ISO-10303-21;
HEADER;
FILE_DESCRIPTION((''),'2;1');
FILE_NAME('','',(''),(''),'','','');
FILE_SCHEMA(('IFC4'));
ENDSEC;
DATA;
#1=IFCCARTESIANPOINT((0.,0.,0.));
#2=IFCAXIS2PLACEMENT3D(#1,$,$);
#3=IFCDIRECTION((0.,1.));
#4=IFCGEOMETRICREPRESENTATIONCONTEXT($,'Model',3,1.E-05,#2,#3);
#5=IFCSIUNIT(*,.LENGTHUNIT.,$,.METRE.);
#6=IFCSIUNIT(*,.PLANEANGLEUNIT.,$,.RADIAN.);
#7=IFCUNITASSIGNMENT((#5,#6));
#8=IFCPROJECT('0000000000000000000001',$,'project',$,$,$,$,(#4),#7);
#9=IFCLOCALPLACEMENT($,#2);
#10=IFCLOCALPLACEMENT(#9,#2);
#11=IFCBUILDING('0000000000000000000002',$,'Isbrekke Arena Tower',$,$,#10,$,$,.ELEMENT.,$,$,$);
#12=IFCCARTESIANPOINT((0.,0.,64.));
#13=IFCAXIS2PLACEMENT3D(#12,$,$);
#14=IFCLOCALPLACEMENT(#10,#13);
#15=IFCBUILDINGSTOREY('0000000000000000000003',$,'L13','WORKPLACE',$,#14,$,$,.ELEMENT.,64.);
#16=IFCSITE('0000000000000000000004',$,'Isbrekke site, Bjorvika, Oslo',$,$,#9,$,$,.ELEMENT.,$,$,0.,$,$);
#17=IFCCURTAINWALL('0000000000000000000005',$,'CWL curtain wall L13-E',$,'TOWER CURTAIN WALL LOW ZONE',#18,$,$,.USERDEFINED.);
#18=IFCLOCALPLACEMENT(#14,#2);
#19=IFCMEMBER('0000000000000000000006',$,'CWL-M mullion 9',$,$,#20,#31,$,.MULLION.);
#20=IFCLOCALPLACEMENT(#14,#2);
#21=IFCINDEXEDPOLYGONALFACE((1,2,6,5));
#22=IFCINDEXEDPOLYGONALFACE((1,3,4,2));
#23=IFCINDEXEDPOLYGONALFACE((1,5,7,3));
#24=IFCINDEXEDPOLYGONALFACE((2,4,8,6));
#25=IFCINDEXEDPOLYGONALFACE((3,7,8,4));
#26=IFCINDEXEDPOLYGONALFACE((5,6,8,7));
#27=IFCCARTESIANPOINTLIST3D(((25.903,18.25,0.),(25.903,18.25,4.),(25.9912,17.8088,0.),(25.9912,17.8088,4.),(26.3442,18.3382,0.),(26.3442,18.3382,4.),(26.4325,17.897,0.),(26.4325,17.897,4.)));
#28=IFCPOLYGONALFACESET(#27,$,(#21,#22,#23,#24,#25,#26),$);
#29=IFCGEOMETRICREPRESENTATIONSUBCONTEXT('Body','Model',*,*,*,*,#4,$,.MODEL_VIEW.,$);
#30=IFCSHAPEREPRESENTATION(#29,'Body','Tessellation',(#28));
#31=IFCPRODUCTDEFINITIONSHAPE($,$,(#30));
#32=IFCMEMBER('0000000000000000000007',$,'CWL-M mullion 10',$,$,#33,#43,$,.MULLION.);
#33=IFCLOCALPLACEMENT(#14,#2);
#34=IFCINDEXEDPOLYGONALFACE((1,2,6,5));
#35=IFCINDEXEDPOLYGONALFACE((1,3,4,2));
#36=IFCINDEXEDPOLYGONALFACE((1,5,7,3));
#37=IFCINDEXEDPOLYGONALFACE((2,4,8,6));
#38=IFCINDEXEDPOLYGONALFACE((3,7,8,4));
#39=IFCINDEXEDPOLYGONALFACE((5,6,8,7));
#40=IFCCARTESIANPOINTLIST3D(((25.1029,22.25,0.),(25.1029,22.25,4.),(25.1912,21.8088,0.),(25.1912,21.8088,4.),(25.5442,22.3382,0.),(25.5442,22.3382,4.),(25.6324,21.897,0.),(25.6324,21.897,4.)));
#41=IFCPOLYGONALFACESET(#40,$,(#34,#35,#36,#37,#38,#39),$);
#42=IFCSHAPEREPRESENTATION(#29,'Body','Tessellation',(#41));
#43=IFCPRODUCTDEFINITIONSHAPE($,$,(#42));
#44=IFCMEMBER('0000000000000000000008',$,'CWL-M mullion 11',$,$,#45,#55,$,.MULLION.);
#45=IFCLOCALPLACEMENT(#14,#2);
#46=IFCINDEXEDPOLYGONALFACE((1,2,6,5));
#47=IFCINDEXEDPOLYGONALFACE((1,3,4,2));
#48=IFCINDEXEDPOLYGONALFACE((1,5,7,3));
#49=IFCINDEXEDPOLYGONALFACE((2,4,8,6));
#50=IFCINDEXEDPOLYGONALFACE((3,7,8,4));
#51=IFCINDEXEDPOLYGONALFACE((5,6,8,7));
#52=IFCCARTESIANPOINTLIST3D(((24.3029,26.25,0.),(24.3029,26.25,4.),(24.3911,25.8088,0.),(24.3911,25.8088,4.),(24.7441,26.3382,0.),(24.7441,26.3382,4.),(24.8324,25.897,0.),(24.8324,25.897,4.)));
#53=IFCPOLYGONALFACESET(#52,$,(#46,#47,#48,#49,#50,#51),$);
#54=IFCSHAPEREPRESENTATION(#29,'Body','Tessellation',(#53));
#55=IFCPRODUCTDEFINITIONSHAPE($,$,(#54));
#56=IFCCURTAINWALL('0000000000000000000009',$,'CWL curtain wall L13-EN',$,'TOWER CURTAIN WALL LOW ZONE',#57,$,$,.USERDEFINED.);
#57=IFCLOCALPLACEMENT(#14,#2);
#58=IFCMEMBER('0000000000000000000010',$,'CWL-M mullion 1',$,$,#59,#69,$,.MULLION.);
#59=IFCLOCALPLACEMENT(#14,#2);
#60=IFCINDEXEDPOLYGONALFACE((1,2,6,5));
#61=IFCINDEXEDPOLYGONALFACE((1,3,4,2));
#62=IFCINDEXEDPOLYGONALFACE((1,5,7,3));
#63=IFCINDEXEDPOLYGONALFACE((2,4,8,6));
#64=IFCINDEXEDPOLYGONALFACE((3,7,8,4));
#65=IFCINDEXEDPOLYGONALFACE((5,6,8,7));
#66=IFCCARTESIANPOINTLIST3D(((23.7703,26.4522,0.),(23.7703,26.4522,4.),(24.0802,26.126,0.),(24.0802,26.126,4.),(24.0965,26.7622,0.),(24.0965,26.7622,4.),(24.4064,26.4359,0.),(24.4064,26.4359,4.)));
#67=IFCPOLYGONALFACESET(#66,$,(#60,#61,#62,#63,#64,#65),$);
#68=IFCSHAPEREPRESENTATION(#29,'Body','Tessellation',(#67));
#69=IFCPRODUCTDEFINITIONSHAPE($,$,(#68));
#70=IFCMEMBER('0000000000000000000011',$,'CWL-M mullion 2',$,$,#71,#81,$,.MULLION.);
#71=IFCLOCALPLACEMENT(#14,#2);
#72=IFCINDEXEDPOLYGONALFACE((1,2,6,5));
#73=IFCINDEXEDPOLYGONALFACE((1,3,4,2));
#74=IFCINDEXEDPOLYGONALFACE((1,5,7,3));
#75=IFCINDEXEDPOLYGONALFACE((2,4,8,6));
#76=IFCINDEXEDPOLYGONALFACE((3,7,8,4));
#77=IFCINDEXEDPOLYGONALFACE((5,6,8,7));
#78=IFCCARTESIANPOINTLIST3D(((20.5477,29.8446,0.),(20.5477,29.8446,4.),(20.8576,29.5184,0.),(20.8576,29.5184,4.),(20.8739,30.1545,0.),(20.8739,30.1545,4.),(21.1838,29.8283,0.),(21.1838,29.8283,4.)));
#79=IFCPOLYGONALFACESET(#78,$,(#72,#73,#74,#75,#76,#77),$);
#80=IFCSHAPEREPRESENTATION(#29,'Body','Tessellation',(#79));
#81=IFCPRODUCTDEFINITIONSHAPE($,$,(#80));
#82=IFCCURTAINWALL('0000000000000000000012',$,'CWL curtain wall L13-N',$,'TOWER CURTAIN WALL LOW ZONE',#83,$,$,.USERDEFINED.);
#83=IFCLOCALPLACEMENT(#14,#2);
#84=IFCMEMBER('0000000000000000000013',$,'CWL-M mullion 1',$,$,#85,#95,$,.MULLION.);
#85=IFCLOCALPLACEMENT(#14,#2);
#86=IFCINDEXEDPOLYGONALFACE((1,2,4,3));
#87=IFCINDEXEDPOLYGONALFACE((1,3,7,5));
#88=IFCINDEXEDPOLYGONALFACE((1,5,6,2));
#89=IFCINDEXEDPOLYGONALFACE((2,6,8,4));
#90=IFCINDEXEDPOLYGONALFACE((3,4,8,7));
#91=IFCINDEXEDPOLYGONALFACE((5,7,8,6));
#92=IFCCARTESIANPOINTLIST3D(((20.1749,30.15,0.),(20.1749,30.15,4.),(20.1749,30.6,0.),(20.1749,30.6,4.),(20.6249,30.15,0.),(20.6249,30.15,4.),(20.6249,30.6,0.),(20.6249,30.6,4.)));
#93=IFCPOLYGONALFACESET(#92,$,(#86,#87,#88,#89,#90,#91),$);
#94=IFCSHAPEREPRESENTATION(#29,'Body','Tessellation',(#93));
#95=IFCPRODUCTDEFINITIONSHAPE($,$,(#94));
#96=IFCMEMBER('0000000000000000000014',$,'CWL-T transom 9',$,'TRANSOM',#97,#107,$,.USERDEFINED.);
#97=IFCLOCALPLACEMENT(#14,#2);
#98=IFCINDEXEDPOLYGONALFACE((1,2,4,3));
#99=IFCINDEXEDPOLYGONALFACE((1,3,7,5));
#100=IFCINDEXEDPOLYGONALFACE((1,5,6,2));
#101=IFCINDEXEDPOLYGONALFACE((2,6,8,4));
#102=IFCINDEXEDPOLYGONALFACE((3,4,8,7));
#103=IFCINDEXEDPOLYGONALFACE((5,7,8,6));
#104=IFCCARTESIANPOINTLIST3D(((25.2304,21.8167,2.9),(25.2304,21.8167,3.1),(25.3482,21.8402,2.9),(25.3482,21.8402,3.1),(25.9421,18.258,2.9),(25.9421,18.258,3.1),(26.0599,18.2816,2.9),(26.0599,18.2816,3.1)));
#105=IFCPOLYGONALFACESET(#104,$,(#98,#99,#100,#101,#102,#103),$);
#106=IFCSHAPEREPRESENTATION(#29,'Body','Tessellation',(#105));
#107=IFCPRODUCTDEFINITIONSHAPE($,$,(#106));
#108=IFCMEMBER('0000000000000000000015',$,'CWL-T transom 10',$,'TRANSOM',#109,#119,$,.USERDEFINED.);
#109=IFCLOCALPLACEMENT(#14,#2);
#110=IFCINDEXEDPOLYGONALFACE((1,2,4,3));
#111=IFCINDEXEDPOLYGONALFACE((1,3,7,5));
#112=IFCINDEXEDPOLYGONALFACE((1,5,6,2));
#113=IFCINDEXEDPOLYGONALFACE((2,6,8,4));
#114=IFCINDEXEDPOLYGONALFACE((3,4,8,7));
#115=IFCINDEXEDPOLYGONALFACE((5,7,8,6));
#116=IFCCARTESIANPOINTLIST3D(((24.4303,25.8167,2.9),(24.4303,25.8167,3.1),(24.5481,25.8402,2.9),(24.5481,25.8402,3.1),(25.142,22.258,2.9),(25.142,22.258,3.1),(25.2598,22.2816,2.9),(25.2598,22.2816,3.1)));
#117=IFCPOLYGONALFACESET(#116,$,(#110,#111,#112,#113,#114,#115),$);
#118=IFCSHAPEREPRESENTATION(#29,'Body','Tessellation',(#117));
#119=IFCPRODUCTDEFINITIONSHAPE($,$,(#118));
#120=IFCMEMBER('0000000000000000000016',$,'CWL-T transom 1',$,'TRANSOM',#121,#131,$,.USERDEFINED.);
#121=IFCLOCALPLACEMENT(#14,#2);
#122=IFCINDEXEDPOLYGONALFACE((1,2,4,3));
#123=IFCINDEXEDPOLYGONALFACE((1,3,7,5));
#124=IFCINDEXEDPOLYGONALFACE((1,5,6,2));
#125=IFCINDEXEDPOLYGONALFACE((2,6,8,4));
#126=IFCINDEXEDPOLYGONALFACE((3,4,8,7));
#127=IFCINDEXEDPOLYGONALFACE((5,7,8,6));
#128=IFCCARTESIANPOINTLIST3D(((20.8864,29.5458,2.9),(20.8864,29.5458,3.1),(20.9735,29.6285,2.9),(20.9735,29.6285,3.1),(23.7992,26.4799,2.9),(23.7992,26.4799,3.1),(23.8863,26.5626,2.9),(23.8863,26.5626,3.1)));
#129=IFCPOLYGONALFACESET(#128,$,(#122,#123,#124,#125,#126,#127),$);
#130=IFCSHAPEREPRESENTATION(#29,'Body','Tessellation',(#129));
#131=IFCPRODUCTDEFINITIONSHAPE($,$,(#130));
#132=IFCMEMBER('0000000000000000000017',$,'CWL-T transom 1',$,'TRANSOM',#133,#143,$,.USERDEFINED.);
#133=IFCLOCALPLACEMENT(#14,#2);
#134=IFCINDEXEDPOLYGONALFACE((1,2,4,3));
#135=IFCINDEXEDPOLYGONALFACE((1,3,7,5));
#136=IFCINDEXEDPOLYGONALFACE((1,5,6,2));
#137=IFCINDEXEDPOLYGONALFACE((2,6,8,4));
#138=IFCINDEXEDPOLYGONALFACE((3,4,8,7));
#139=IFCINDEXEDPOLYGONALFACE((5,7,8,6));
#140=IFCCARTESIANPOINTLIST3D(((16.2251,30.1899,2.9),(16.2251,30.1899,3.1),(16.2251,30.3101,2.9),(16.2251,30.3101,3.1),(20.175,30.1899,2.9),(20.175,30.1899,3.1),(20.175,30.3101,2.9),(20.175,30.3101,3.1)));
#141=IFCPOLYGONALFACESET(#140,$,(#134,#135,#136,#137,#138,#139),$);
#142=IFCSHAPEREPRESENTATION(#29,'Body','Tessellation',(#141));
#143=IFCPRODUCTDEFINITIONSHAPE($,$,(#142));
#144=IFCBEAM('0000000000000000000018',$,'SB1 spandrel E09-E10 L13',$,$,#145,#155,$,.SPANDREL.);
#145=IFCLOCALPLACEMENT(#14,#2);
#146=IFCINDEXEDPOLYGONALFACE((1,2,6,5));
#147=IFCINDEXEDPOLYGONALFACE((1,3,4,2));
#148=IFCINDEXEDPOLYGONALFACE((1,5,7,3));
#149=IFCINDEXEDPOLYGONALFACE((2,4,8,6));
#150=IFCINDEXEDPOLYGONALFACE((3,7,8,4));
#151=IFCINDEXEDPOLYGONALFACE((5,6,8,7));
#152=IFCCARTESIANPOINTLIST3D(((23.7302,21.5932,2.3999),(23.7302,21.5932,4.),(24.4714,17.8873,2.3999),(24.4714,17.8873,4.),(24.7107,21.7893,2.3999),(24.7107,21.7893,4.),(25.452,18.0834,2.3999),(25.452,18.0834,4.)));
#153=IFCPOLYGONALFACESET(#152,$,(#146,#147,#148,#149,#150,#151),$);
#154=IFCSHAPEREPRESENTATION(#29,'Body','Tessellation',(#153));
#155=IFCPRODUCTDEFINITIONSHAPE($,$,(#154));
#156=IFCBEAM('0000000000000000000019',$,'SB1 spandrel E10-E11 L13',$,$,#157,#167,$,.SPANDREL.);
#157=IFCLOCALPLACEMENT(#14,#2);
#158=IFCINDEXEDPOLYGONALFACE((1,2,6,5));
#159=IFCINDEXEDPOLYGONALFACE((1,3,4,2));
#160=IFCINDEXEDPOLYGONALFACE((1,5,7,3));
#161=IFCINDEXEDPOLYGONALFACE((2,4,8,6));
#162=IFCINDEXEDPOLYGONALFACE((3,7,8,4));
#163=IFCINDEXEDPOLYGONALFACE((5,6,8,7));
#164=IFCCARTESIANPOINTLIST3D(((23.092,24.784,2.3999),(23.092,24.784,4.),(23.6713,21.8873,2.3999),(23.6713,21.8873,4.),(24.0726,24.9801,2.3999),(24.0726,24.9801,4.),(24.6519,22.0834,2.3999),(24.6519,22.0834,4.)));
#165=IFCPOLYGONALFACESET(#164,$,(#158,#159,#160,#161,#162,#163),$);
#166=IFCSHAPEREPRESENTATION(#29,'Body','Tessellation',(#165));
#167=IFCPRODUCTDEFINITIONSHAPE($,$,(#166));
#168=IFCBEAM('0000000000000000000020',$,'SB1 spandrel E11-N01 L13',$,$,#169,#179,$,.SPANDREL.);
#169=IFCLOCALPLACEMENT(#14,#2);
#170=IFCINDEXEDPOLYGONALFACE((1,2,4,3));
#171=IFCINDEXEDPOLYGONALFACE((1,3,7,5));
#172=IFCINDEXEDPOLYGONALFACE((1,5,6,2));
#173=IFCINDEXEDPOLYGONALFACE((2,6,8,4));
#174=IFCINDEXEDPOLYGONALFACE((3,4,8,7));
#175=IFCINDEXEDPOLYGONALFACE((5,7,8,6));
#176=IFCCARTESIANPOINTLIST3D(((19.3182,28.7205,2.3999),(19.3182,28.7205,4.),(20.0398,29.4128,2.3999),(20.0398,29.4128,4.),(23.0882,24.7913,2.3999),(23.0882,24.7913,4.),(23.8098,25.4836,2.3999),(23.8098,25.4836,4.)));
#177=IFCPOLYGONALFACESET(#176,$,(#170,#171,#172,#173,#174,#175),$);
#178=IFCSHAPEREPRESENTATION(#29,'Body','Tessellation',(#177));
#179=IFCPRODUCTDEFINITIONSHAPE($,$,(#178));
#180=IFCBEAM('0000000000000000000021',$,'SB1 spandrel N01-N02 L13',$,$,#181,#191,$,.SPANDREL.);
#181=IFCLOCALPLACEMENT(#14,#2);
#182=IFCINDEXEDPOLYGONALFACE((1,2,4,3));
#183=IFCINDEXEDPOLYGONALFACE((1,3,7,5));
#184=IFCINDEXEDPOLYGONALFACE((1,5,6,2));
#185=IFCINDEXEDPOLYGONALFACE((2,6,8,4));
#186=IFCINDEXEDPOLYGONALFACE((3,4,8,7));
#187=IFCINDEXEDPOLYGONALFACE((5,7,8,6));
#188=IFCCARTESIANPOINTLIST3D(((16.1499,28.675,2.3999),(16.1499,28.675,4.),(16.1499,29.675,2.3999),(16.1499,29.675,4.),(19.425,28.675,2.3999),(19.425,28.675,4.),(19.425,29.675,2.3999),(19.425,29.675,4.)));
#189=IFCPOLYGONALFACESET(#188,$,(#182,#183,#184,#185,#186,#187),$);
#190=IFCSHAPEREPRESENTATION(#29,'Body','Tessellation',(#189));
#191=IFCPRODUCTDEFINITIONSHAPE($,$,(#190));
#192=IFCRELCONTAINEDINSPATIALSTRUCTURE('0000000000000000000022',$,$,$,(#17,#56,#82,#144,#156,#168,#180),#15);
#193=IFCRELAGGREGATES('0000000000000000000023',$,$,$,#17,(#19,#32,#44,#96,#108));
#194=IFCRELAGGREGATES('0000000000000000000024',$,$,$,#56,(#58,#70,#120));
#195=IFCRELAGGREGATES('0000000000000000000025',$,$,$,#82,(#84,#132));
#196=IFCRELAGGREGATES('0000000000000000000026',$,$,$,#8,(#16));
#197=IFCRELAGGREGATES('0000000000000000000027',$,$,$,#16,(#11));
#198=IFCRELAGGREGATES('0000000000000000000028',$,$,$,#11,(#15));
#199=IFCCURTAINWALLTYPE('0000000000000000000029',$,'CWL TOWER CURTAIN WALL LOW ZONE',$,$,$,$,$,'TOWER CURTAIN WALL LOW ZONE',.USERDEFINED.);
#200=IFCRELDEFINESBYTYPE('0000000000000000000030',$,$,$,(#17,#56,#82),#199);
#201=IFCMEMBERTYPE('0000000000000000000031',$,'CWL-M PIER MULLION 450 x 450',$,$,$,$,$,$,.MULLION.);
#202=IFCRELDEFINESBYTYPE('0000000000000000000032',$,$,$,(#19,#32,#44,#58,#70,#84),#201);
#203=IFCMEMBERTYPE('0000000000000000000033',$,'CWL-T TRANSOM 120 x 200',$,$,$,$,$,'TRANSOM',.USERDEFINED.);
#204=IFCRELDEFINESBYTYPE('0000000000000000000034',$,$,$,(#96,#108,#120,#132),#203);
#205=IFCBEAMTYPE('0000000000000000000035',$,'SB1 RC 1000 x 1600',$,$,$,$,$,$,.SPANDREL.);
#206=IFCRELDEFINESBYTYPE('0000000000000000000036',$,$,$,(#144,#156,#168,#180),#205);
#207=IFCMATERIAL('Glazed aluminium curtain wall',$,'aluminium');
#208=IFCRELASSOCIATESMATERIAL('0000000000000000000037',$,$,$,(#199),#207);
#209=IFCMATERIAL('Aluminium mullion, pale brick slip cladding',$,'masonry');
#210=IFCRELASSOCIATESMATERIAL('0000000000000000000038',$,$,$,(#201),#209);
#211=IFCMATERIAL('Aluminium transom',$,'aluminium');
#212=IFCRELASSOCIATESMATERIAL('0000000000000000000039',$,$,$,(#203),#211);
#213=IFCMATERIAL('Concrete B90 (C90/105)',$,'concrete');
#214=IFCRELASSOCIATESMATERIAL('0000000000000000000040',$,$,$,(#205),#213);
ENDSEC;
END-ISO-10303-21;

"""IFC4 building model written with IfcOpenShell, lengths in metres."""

from ifc_helpers import new_model, si_unit, direction, frame, origin, origin_2d, place, context, subcontext, project, spatial, rectangle, extrude, material, material_profile, profile_set, type_object, element, aggregate, save


model = new_model("IFC4")

# Units and contexts
model_context = context("Model", 3, precision=1e-05, world=origin(), true_north=direction((0.0, 1.0)))
body_context = subcontext(model_context, "Body", "Model", "MODEL_VIEW")
ifc_project = project(units=[si_unit("LENGTHUNIT", "METRE"), si_unit("PLANEANGLEUNIT", "RADIAN")], contexts=[model_context])

# Site, building, storey
site_placement = place(None, origin())
site = spatial("IfcSite", under=ifc_project, at=site_placement, Name="Isbrekke site, Bjorvika, Oslo", CompositionType="ELEMENT", RefElevation=0.0)
building_placement = place(site_placement, origin())
building = spatial("IfcBuilding", under=site, at=building_placement, Name="Isbrekke Arena Tower", CompositionType="ELEMENT")
storey_placement = place(building_placement, frame((0.0, 0.0, 64.0)))
storey = spatial("IfcBuildingStorey", under=building, at=storey_placement, Name="L13", Description="WORKPLACE", CompositionType="ELEMENT", Elevation=64.0)

# Curtain walls, members
ifc_material_1 = material(Name="Glazed aluminium curtain wall", Category="aluminium")
curtain_wall_type = type_object("IfcCurtainWallType", Name="CWL TOWER CURTAIN WALL LOW ZONE", ElementType="TOWER CURTAIN WALL LOW ZONE", PredefinedType="USERDEFINED", material=ifc_material_1)
curtain_wall_1_placement = place(storey_placement, origin())
curtain_wall_1 = element("IfcCurtainWall", 1, at=curtain_wall_1_placement, inside=storey, type_object=curtain_wall_type, Name="CWL curtain wall L13-E", ObjectType="TOWER CURTAIN WALL LOW ZONE", PredefinedType="USERDEFINED")
ifc_material_2 = material(Name="Aluminium mullion, pale brick slip cladding", Category="masonry")
ifc_material_profile_1 = material_profile(ifc_material_2, rectangle(XDim=0.45, YDim=0.45, at=origin_2d()), Name="PIER 450X450")
ifc_profile_set_1 = profile_set([ifc_material_profile_1], Name="Aluminium mullion, pale brick slip cladding")
member_type_1 = type_object("IfcMemberType", Name="CWL-M PIER MULLION 450 x 450", PredefinedType="MULLION", material=ifc_profile_set_1)
member_1_placement = place(storey_placement, frame((26.1677, 18.0735, 0.0), z_axis=(0.0, 0.0, 1.0), x_axis=(-0.196116, 0.980581, 0.0)))
member_1 = element("IfcMember", 2, at=member_1_placement, type_object=member_type_1, Name="CWL-M mullion 9", PredefinedType="MULLION", context=body_context, shape_type="SweptSolid", body=[
    extrude(rectangle(XDim=0.45, YDim=0.45, at=origin_2d()), origin(), (0.0, 0.0, 1.0), 4.0),
])
member_2_placement = place(storey_placement, frame((25.3677, 22.0735, 0.0), z_axis=(0.0, 0.0, 1.0), x_axis=(-0.196116, 0.980581, 0.0)))
member_2 = element("IfcMember", 3, at=member_2_placement, type_object=member_type_1, Name="CWL-M mullion 10", PredefinedType="MULLION", context=body_context, shape_type="SweptSolid", body=[
    extrude(rectangle(XDim=0.45, YDim=0.45, at=origin_2d()), origin(), (0.0, 0.0, 1.0), 4.0),
])
member_3_placement = place(storey_placement, frame((24.5676, 26.0735, 0.0), z_axis=(0.0, 0.0, 1.0), x_axis=(-0.196116, 0.980581, 0.0)))
member_3 = element("IfcMember", 4, at=member_3_placement, type_object=member_type_1, Name="CWL-M mullion 11", PredefinedType="MULLION", context=body_context, shape_type="SweptSolid", body=[
    extrude(rectangle(XDim=0.45, YDim=0.45, at=origin_2d()), origin(), (0.0, 0.0, 1.0), 4.0),
])
curtain_wall_2_placement = place(storey_placement, origin())
curtain_wall_2 = element("IfcCurtainWall", 5, at=curtain_wall_2_placement, inside=storey, type_object=curtain_wall_type, Name="CWL curtain wall L13-EN", ObjectType="TOWER CURTAIN WALL LOW ZONE", PredefinedType="USERDEFINED")
member_4_placement = place(storey_placement, frame((24.0884, 26.4441, 0.0), z_axis=(0.0, 0.0, 1.0), x_axis=(-0.688749, 0.724999, 0.0)))
member_4 = element("IfcMember", 6, at=member_4_placement, type_object=member_type_1, Name="CWL-M mullion 1", PredefinedType="MULLION", context=body_context, shape_type="SweptSolid", body=[
    extrude(rectangle(XDim=0.45, YDim=0.45, at=origin_2d()), origin(), (0.0, 0.0, 1.0), 4.0),
])
member_5_placement = place(storey_placement, frame((20.8657, 29.8364, 0.0), z_axis=(0.0, 0.0, 1.0), x_axis=(-0.688749, 0.724999, 0.0)))
member_5 = element("IfcMember", 7, at=member_5_placement, type_object=member_type_1, Name="CWL-M mullion 2", PredefinedType="MULLION", context=body_context, shape_type="SweptSolid", body=[
    extrude(rectangle(XDim=0.45, YDim=0.45, at=origin_2d()), origin(), (0.0, 0.0, 1.0), 4.0),
])

# Curtain wall, member
curtain_wall_3_placement = place(storey_placement, origin())
curtain_wall_3 = element("IfcCurtainWall", 8, at=curtain_wall_3_placement, inside=storey, type_object=curtain_wall_type, Name="CWL curtain wall L13-N", ObjectType="TOWER CURTAIN WALL LOW ZONE", PredefinedType="USERDEFINED")
member_6_placement = place(storey_placement, frame((20.3999, 30.375, 0.0), z_axis=(0.0, 0.0, 1.0), x_axis=(-1.0, 0.0, 0.0)))
member_6 = element("IfcMember", 9, at=member_6_placement, type_object=member_type_1, Name="CWL-M mullion 1", PredefinedType="MULLION", context=body_context, shape_type="SweptSolid", body=[
    extrude(rectangle(XDim=0.45, YDim=0.45, at=origin_2d()), origin(), (0.0, 0.0, 1.0), 4.0),
])

# Members
ifc_material_3 = material(Name="Aluminium transom", Category="aluminium")
ifc_material_profile_2 = material_profile(ifc_material_3, rectangle(XDim=0.1201, YDim=0.2, at=origin_2d()), Name="TRANSOM 120X200")
ifc_profile_set_2 = profile_set([ifc_material_profile_2], Name="Aluminium transom")
member_type_2 = type_object("IfcMemberType", Name="CWL-T TRANSOM 120 x 200", ElementType="TRANSOM", PredefinedType="USERDEFINED", material=ifc_profile_set_2)
member_7_placement = place(storey_placement, frame((26.001, 18.2698, 3.0), z_axis=(-0.196103, 0.980583, 0.0), x_axis=(-0.980583, -0.196103, 0.0)))
member_7 = element("IfcMember", 10, at=member_7_placement, type_object=member_type_2, Name="CWL-T transom 9", ObjectType="TRANSOM", PredefinedType="USERDEFINED", context=body_context, shape_type="SweptSolid", body=[
    extrude(rectangle(XDim=0.1201, YDim=0.2, at=origin_2d()), origin(), (0.0, 0.0, 1.0), 3.6292),
])
member_8_placement = place(storey_placement, frame((25.2009, 22.2698, 3.0), z_axis=(-0.196103, 0.980583, 0.0), x_axis=(-0.980583, -0.196103, 0.0)))
member_8 = element("IfcMember", 11, at=member_8_placement, type_object=member_type_2, Name="CWL-T transom 10", ObjectType="TRANSOM", PredefinedType="USERDEFINED", context=body_context, shape_type="SweptSolid", body=[
    extrude(rectangle(XDim=0.1201, YDim=0.2, at=origin_2d()), origin(), (0.0, 0.0, 1.0), 3.6292),
])
member_9_placement = place(storey_placement, frame((23.8428, 26.5212, 3.0), z_axis=(-0.688777, 0.724973, 0.0), x_axis=(-0.724973, -0.688777, 0.0)))
member_9 = element("IfcMember", 12, at=member_9_placement, type_object=member_type_2, Name="CWL-T transom 1", ObjectType="TRANSOM", PredefinedType="USERDEFINED", context=body_context, shape_type="SweptSolid", body=[
    extrude(rectangle(XDim=0.1201, YDim=0.2, at=origin_2d()), origin(), (0.0, 0.0, 1.0), 4.229),
])
member_10_placement = place(storey_placement, frame((20.175, 30.25, 3.0), z_axis=(-1.0, 0.0, 0.0), x_axis=(0.0, -1.0, 0.0)))
member_10 = element("IfcMember", 13, at=member_10_placement, type_object=member_type_2, Name="CWL-T transom 1", ObjectType="TRANSOM", PredefinedType="USERDEFINED", context=body_context, shape_type="SweptSolid", body=[
    extrude(rectangle(XDim=0.1201, YDim=0.2, at=origin_2d()), origin(), (0.0, 0.0, 1.0), 3.95),
])

# Beams
ifc_material_4 = material(Name="Concrete B90 (C90/105)", Category="concrete")
ifc_material_profile_3 = material_profile(ifc_material_4, rectangle(XDim=1.0, YDim=1.6001, at=origin_2d()), Name="RC 1000x1600")
ifc_profile_set_3 = profile_set([ifc_material_profile_3], Name="Concrete B90 (C90/105)")
beam_type_1 = type_object("IfcBeamType", Name="SB1 RC 1000 x 1600", PredefinedType="SPANDREL", material=ifc_profile_set_3)
beam_1_placement = place(storey_placement, frame((24.9617, 17.9854, 3.2), z_axis=(-0.196129, 0.980578, 0.0), x_axis=(-0.980578, -0.196129, 0.0)))
element("IfcBeam", 14, at=beam_1_placement, inside=storey, type_object=beam_type_1, Name="SB1 spandrel E09-E10 L13", PredefinedType="SPANDREL", context=body_context, shape_type="SweptSolid", body=[
    extrude(rectangle(XDim=1.0, YDim=1.6001, at=origin_2d()), origin(), (0.0, 0.0, 1.0), 3.7793),
])
beam_2_placement = place(storey_placement, frame((24.1616, 21.9854, 3.2), z_axis=(-0.196116, 0.980581, 0.0), x_axis=(-0.980581, -0.196116, 0.0)))
element("IfcBeam", 15, at=beam_2_placement, inside=storey, type_object=beam_type_1, Name="SB1 spandrel E10-E11 L13", PredefinedType="SPANDREL", context=body_context, shape_type="SweptSolid", body=[
    extrude(rectangle(XDim=1.0, YDim=1.6001, at=origin_2d()), origin(), (0.0, 0.0, 1.0), 2.9541),
])
beam_3_placement = place(storey_placement, frame((23.449, 25.1375, 3.2), z_axis=(-0.69234, 0.721572, 0.0), x_axis=(-0.721572, -0.69234, 0.0)))
element("IfcBeam", 16, at=beam_3_placement, inside=storey, type_object=beam_type_1, Name="SB1 spandrel E11-N01 L13", PredefinedType="SPANDREL", context=body_context, shape_type="SweptSolid", body=[
    extrude(rectangle(XDim=1.0, YDim=1.6001, at=origin_2d()), origin(), (0.0, 0.0, 1.0), 5.4453),
])
beam_4_placement = place(storey_placement, frame((19.425, 29.175, 3.2), z_axis=(-1.0, 0.0, 0.0), x_axis=(0.0, -1.0, 0.0)))
element("IfcBeam", 17, at=beam_4_placement, inside=storey, type_object=beam_type_1, Name="SB1 spandrel N01-N02 L13", PredefinedType="SPANDREL", context=body_context, shape_type="SweptSolid", body=[
    extrude(rectangle(XDim=1.0, YDim=1.6001, at=origin_2d()), origin(), (0.0, 0.0, 1.0), 3.2751),
])

aggregate(curtain_wall_1, [member_1, member_2, member_3, member_7, member_8])
aggregate(curtain_wall_2, [member_4, member_5, member_9])
aggregate(curtain_wall_3, [member_6, member_10])

save(model, "model.ifc")
